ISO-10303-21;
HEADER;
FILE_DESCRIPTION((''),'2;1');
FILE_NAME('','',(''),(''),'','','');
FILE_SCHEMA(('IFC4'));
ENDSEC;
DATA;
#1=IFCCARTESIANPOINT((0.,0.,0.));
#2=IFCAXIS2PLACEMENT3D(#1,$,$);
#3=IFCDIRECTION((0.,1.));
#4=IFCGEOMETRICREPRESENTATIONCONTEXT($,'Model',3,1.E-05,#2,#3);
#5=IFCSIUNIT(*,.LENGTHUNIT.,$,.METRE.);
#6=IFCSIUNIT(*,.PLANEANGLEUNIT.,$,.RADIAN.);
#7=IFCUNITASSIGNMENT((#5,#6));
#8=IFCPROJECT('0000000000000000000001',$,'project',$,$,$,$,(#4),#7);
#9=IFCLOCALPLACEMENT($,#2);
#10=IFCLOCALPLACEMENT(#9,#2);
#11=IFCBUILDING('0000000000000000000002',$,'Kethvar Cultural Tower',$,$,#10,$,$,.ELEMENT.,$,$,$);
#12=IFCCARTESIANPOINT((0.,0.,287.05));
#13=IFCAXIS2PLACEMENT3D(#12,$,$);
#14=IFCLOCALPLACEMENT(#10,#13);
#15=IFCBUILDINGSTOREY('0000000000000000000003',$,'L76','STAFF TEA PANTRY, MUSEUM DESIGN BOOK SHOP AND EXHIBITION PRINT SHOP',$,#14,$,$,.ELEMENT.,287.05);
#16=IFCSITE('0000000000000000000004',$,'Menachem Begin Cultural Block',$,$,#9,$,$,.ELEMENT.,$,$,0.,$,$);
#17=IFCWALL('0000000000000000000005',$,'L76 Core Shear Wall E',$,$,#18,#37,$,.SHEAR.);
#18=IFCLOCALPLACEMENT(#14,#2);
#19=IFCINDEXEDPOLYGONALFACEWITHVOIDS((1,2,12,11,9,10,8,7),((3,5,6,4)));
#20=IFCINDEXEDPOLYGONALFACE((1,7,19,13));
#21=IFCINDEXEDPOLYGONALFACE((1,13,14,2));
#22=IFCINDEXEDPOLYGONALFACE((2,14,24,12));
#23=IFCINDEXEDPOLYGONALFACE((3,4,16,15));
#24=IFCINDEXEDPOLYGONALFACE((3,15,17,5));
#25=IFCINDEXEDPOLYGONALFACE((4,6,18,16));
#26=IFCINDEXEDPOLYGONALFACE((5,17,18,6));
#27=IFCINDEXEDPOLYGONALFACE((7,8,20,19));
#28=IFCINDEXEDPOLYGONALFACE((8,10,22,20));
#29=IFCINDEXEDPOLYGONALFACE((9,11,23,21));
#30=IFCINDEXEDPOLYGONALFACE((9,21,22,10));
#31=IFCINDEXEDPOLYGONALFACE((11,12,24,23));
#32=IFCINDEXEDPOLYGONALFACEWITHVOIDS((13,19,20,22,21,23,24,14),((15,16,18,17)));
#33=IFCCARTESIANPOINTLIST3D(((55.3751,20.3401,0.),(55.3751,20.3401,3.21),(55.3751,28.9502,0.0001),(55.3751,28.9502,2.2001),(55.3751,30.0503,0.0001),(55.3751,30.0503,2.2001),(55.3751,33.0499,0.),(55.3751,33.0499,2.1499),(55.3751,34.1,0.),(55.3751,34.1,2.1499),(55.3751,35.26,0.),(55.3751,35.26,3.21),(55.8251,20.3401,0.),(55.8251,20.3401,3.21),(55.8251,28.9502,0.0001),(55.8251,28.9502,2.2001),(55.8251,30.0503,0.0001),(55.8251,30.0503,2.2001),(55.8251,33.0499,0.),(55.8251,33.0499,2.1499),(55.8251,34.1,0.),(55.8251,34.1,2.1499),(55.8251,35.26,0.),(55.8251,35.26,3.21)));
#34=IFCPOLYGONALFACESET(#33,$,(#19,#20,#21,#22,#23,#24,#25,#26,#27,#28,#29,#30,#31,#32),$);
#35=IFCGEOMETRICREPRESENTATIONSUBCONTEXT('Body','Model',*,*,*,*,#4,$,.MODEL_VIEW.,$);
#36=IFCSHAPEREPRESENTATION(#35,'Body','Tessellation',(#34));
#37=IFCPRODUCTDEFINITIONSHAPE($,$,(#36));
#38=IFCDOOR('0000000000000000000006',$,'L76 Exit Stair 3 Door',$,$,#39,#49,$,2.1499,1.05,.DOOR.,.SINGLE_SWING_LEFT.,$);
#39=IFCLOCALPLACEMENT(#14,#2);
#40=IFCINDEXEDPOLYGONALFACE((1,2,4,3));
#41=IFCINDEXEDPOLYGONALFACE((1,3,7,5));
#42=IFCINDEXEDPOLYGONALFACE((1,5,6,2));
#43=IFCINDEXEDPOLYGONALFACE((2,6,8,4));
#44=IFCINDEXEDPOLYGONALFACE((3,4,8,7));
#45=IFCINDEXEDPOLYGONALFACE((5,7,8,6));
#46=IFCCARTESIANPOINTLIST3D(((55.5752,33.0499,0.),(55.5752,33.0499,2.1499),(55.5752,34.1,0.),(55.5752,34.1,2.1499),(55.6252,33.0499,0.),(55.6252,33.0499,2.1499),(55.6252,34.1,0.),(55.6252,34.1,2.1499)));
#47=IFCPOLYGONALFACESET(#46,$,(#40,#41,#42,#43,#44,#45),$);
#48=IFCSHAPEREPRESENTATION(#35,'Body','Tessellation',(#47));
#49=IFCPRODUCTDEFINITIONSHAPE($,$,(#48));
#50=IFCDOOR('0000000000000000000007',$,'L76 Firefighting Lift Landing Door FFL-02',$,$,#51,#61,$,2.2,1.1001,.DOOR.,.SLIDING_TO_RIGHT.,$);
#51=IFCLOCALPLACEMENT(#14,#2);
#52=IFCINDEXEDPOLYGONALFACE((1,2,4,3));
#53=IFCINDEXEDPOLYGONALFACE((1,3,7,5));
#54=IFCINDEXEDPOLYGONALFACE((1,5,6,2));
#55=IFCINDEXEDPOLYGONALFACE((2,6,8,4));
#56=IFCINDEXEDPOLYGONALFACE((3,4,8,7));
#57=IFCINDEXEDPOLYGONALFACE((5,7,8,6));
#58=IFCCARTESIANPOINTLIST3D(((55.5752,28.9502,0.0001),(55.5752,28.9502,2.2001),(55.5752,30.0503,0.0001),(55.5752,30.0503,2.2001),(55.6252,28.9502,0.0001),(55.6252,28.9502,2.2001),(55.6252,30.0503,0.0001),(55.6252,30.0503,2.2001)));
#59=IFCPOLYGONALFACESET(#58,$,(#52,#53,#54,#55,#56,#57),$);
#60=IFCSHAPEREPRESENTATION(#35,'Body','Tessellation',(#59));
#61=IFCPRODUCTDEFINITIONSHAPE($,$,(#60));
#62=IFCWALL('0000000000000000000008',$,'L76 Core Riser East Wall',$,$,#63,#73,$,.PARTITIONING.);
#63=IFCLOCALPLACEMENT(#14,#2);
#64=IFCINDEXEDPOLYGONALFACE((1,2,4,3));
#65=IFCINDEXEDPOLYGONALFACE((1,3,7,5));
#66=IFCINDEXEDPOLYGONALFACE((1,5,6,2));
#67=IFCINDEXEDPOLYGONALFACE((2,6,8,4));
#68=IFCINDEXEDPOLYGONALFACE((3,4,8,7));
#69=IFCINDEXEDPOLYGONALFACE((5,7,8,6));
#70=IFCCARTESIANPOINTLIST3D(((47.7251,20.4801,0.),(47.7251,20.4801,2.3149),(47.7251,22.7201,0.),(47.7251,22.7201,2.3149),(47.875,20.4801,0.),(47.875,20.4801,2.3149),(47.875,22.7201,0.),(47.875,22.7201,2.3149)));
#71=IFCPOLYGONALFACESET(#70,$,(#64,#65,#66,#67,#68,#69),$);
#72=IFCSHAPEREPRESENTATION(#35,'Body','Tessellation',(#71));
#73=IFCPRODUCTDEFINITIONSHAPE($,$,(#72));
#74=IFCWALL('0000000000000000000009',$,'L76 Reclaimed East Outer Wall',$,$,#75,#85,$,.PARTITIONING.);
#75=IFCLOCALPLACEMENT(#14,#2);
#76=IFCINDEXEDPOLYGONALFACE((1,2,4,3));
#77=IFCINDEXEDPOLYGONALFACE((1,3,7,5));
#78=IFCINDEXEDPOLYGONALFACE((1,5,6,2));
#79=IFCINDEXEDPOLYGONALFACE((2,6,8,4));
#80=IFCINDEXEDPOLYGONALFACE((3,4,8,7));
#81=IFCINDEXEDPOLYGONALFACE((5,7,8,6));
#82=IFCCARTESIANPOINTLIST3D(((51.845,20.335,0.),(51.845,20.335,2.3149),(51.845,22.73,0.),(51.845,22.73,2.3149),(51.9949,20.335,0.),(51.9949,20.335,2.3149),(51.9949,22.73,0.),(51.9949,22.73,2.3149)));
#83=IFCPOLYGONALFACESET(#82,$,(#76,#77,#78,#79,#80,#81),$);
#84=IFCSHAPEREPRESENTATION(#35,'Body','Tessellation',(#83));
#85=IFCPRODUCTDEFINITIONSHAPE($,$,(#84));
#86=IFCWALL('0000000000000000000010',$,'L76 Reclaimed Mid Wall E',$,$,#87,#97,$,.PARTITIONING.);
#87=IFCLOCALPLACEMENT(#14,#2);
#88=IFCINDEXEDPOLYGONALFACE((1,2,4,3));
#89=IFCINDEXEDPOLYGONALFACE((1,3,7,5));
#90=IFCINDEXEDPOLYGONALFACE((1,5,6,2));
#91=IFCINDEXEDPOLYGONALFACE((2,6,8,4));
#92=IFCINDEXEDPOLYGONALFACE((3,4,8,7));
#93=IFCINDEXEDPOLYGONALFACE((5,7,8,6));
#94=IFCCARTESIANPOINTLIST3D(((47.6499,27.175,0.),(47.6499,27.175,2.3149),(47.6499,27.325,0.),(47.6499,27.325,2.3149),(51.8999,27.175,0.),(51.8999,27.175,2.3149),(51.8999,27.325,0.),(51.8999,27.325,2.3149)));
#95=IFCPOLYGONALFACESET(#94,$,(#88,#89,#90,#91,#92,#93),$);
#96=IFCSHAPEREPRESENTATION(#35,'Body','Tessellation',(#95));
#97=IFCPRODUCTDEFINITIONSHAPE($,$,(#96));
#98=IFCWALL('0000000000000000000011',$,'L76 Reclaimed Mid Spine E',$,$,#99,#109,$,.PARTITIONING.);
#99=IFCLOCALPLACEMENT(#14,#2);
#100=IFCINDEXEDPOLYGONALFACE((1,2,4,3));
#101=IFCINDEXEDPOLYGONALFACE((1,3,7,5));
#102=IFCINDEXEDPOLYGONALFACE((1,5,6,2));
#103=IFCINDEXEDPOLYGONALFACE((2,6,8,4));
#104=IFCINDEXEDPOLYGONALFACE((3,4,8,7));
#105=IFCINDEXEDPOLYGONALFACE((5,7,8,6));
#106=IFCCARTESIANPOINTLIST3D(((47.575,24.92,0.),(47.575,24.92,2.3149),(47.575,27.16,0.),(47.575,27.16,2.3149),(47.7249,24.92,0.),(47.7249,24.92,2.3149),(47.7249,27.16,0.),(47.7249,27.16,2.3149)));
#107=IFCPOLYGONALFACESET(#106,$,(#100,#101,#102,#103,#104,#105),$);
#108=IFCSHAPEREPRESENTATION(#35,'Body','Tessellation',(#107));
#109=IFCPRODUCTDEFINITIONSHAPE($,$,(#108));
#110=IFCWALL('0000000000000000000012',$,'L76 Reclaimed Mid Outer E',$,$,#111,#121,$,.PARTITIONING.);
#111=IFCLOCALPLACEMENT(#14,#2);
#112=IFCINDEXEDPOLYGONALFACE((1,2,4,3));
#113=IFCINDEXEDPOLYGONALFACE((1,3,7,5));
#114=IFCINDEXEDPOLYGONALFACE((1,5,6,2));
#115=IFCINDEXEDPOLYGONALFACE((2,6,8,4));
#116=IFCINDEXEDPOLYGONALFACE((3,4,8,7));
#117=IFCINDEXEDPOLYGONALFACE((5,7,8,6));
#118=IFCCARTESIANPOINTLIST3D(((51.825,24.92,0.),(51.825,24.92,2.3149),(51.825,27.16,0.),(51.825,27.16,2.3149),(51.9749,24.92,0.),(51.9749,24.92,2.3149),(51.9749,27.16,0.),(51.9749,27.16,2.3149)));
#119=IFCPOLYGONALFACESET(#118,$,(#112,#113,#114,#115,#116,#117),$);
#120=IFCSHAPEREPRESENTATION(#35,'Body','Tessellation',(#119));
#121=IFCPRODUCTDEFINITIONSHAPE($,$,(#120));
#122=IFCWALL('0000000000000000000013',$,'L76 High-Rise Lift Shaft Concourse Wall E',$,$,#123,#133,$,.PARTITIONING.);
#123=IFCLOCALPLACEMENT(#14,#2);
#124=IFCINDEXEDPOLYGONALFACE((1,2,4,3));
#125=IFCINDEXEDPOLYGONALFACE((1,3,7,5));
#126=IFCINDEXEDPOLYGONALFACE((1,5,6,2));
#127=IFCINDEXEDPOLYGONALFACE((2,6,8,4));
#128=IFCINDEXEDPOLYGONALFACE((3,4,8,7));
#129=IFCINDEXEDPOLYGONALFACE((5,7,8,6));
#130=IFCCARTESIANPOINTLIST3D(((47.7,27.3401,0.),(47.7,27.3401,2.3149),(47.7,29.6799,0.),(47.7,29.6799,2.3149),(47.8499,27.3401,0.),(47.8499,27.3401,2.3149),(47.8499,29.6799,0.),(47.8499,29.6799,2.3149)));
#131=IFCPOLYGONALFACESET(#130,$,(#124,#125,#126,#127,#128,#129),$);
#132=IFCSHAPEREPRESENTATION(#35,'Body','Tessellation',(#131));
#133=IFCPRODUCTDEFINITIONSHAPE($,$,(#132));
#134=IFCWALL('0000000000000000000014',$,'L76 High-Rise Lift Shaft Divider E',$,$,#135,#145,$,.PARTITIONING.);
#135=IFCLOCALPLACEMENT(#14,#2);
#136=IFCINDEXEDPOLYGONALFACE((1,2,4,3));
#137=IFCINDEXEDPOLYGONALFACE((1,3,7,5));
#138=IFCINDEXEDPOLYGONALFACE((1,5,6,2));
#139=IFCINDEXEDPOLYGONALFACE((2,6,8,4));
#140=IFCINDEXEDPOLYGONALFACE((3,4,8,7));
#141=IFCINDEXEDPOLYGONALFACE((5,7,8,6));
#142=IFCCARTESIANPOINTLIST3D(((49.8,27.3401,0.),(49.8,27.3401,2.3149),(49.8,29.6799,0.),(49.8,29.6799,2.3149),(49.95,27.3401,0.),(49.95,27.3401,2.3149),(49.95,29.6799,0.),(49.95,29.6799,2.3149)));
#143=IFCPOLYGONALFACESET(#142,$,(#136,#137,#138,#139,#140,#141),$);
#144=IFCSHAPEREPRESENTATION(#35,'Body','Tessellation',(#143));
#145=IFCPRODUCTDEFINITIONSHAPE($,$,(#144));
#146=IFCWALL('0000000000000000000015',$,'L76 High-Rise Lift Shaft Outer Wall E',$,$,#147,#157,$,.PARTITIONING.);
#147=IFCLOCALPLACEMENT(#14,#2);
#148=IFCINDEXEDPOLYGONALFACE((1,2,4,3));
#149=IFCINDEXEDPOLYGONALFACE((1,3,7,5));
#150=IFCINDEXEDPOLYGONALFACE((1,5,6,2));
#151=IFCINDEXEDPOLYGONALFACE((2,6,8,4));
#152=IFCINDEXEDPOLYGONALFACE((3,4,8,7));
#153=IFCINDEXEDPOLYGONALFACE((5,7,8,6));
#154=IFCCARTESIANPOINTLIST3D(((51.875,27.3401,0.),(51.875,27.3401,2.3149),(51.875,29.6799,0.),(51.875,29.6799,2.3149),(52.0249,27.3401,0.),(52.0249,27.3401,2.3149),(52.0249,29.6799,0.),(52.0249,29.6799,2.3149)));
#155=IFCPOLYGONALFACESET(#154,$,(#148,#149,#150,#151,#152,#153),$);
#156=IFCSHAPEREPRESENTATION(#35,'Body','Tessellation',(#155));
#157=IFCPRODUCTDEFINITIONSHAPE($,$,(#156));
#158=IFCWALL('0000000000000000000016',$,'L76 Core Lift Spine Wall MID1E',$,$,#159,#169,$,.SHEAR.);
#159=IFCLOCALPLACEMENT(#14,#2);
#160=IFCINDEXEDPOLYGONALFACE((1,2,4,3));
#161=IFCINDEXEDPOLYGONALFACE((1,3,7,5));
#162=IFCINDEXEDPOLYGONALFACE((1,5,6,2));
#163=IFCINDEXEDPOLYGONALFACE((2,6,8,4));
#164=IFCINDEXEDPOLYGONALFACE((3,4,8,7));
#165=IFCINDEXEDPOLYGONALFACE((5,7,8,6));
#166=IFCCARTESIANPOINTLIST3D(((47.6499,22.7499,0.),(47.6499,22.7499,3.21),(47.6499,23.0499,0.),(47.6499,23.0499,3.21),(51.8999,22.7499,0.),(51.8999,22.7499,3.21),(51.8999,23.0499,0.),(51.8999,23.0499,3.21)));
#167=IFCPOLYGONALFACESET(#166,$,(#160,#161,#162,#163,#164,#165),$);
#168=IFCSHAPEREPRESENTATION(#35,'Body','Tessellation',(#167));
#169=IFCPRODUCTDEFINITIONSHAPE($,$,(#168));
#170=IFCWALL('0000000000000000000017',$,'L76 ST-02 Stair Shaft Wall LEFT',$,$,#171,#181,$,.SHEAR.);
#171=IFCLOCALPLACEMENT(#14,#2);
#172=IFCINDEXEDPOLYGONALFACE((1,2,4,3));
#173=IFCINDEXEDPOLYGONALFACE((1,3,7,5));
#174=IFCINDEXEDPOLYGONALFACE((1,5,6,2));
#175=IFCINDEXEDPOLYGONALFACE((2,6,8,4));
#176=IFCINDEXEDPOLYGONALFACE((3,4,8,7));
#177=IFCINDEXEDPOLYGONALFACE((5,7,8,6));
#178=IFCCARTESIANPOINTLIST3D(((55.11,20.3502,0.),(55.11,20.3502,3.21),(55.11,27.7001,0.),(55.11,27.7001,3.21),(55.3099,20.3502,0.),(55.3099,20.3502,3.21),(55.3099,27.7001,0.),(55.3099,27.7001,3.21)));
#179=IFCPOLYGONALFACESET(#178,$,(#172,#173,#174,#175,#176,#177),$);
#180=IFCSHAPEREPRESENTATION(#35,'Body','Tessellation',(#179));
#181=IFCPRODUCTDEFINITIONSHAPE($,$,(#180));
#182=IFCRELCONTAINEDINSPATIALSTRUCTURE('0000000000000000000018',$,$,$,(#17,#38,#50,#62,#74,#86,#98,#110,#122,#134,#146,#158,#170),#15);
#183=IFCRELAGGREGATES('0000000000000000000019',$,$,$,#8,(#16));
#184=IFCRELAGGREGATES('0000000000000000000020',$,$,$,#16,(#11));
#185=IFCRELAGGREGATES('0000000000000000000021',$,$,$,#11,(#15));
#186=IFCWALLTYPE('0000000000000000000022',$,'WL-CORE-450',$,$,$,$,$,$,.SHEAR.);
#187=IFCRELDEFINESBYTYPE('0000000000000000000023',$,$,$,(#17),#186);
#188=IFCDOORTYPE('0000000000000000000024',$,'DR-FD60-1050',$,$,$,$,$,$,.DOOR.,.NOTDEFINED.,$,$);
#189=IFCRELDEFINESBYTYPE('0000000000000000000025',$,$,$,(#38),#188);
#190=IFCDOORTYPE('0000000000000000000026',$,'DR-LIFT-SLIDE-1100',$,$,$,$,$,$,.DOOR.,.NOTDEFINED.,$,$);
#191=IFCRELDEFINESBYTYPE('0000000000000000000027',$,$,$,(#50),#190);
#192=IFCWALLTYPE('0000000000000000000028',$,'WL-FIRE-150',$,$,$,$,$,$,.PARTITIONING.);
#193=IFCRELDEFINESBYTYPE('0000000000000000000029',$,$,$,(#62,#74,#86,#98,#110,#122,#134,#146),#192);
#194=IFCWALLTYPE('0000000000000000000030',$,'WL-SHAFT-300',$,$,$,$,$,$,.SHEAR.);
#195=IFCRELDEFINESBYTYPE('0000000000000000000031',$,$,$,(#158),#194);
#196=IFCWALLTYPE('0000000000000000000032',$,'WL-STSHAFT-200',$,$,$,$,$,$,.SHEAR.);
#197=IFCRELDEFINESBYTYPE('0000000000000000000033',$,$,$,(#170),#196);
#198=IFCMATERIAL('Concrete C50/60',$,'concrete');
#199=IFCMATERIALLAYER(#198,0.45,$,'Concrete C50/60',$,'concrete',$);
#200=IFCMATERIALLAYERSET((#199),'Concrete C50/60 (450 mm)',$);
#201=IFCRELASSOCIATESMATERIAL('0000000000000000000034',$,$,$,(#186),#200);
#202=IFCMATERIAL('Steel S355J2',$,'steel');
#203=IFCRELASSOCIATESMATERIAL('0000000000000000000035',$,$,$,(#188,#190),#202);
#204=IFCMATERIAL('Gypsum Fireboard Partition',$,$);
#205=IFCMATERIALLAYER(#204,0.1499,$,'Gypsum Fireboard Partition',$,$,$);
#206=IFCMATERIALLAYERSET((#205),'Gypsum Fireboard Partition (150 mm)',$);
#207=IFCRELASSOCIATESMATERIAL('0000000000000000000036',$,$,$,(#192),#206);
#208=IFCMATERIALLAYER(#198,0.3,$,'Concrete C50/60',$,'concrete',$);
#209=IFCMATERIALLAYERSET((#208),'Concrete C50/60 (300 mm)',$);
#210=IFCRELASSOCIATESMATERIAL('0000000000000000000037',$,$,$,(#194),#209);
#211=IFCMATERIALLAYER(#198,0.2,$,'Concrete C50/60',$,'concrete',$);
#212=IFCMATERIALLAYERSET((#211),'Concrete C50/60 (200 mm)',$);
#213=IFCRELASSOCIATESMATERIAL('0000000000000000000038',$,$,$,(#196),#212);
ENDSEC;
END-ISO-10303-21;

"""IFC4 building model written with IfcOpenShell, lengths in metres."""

from ifc_helpers import new_model, si_unit, direction, frame, frame_2d, origin, place, context, subcontext, project, spatial, rectangle, extrude, source, transform, mapped, material, layer, layer_set, type_object, element, fill, save


model = new_model("IFC4")

# Units and contexts
model_context = context("Model", 3, precision=1e-05, world=origin(), true_north=direction((0.0, 1.0)))
body_context = subcontext(model_context, "Body", "Model", "MODEL_VIEW")
ifc_project = project(units=[si_unit("LENGTHUNIT", "METRE"), si_unit("PLANEANGLEUNIT", "RADIAN")], contexts=[model_context])

# Site, building, storey
site_placement = place(None, origin())
site = spatial("IfcSite", under=ifc_project, at=site_placement, Name="Menachem Begin Cultural Block", CompositionType="ELEMENT", RefElevation=0.0)
building_placement = place(site_placement, origin())
building = spatial("IfcBuilding", under=site, at=building_placement, Name="Kethvar Cultural Tower", CompositionType="ELEMENT")
storey_placement = place(building_placement, frame((0.0, 0.0, 287.05)))
storey = spatial("IfcBuildingStorey", under=building, at=storey_placement, Name="L76", Description="STAFF TEA PANTRY, MUSEUM DESIGN BOOK SHOP AND EXHIBITION PRINT SHOP", CompositionType="ELEMENT", Elevation=287.05)

# Shared definitions
ifc_material_1 = material(Name="Steel S355J2", Category="steel")

# Wall, openings, doors
ifc_material_2 = material(Name="Concrete C50/60", Category="concrete")
ifc_layer_1 = layer(ifc_material_2, 0.45, Name="Concrete C50/60", Category="concrete")
ifc_layer_set_1 = layer_set([ifc_layer_1], Name="Concrete C50/60 (450 mm)")
wall_type_1 = type_object("IfcWallType", Name="WL-CORE-450", PredefinedType="SHEAR", material=ifc_layer_set_1)
wall_1_placement = place(storey_placement, frame((55.6001, 20.3401, 0.0), z_axis=(0.0, 0.0, 1.0), x_axis=(0.0, 1.0, 0.0)))
wall_1 = element("IfcWall", 1, at=wall_1_placement, inside=storey, type_object=wall_type_1, Name="L76 Core Shear Wall E", PredefinedType="SHEAR", context=body_context, shape_type="SweptSolid", body=[
    extrude(rectangle(XDim=14.9199, YDim=0.45, at=frame_2d((7.46, 0.0))), origin(), (0.0, 0.0, 1.0), 3.21),
])
opening_1_placement = place(wall_1_placement, frame((12.71, 0.0, 0.0)))
opening_1 = element("IfcOpeningElement", 2, at=opening_1_placement, cuts=wall_1, PredefinedType="OPENING", context=body_context, shape_type="SweptSolid", body=[
    extrude(rectangle(XDim=1.05, YDim=2.1499, at=frame_2d((0.5249, 1.075))), frame((0.0, 0.2349, 0.0), z_axis=(0.0, -1.0, 0.0), x_axis=(1.0, 0.0, 0.0)), (0.0, 0.0, 1.0), 0.47),
])
opening_2_placement = place(wall_1_placement, frame((8.6101, 0.0, 0.0)))
opening_2 = element("IfcOpeningElement", 3, at=opening_2_placement, cuts=wall_1, PredefinedType="OPENING", context=body_context, shape_type="SweptSolid", body=[
    extrude(rectangle(XDim=1.1001, YDim=2.2, at=frame_2d((0.55, 1.1001))), frame((0.0, 0.2349, 0.0), z_axis=(0.0, -1.0, 0.0), x_axis=(1.0, 0.0, 0.0)), (0.0, 0.0, 1.0), 0.47),
])
door_type_1 = type_object("IfcDoorType", Name="DR-FD60-1050", OperationType="NOTDEFINED", PredefinedType="DOOR", material=ifc_material_1)
shared_shape_1 = source(origin(), body_context, "Body", "SweptSolid", [
    extrude(rectangle(XDim=1.05, YDim=2.1499, at=frame_2d((0.5249, 1.075))), frame((0.0, 0.0249, 0.0), z_axis=(0.0, -1.0, 0.0), x_axis=(1.0, 0.0, 0.0)), (0.0, 0.0, 1.0), 0.05),
])
door_1_placement = place(opening_1_placement, origin())
door_1 = element("IfcDoor", 4, at=door_1_placement, inside=storey, type_object=door_type_1, Name="L76 Exit Stair 3 Door", OperationType="SINGLE_SWING_LEFT", OverallHeight=2.1499, OverallWidth=1.05, PredefinedType="DOOR", context=body_context, shape_type="MappedRepresentation", body=[
    mapped(shared_shape_1, transform((0.0, 0.0, 0.0), scale=1.0)),
])
fill(opening_1, door_1)
door_type_2 = type_object("IfcDoorType", Name="DR-LIFT-SLIDE-1100", OperationType="NOTDEFINED", PredefinedType="DOOR", material=ifc_material_1)
shared_shape_2 = source(origin(), body_context, "Body", "SweptSolid", [
    extrude(rectangle(XDim=1.1001, YDim=2.2, at=frame_2d((0.55, 1.1001))), frame((0.0, 0.0249, 0.0), z_axis=(0.0, -1.0, 0.0), x_axis=(1.0, 0.0, 0.0)), (0.0, 0.0, 1.0), 0.05),
])
door_2_placement = place(opening_2_placement, origin())
door_2 = element("IfcDoor", 5, at=door_2_placement, inside=storey, type_object=door_type_2, Name="L76 Firefighting Lift Landing Door FFL-02", OperationType="SLIDING_TO_RIGHT", OverallHeight=2.2, OverallWidth=1.1001, PredefinedType="DOOR", context=body_context, shape_type="MappedRepresentation", body=[
    mapped(shared_shape_2, transform((0.0, 0.0, 0.0), scale=1.0)),
])
fill(opening_2, door_2)

# Walls
ifc_material_3 = material(Name="Gypsum Fireboard Partition")
ifc_layer_2 = layer(ifc_material_3, 0.1499, Name="Gypsum Fireboard Partition")
ifc_layer_set_2 = layer_set([ifc_layer_2], Name="Gypsum Fireboard Partition (150 mm)")
wall_type_2 = type_object("IfcWallType", Name="WL-FIRE-150", PredefinedType="PARTITIONING", material=ifc_layer_set_2)
wall_2_placement = place(storey_placement, frame((47.8, 20.48, 0.0), z_axis=(0.0, 0.0, 1.0), x_axis=(0.0, 1.0, 0.0)))
element("IfcWall", 6, at=wall_2_placement, inside=storey, type_object=wall_type_2, Name="L76 Core Riser East Wall", PredefinedType="PARTITIONING", context=body_context, shape_type="SweptSolid", body=[
    extrude(rectangle(XDim=2.24, YDim=0.1499, at=frame_2d((1.1201, 0.0))), origin(), (0.0, 0.0, 1.0), 2.3149),
])
wall_3_placement = place(storey_placement, frame((51.9199, 20.335, 0.0), z_axis=(0.0, 0.0, 1.0), x_axis=(0.0, 1.0, 0.0)))
element("IfcWall", 7, at=wall_3_placement, inside=storey, type_object=wall_type_2, Name="L76 Reclaimed East Outer Wall", PredefinedType="PARTITIONING", context=body_context, shape_type="SweptSolid", body=[
    extrude(rectangle(XDim=2.395, YDim=0.1499, at=frame_2d((1.1975, 0.0))), origin(), (0.0, 0.0, 1.0), 2.3149),
])
wall_4_placement = place(storey_placement, frame((47.6499, 27.25, 0.0), z_axis=(0.0, 0.0, 1.0), x_axis=(1.0, 0.0, 0.0)))
element("IfcWall", 8, at=wall_4_placement, inside=storey, type_object=wall_type_2, Name="L76 Reclaimed Mid Wall E", PredefinedType="PARTITIONING", context=body_context, shape_type="SweptSolid", body=[
    extrude(rectangle(XDim=4.25, YDim=0.1499, at=frame_2d((2.125, 0.0))), origin(), (0.0, 0.0, 1.0), 2.3149),
])
for number, where, z_axis, x_axis, name in (
    (9, (47.6499, 24.9199, 0.0), (0.0, 0.0, 1.0), (0.0, 1.0, 0.0), "L76 Reclaimed Mid Spine E"),
    (10, (51.8999, 24.9199, 0.0), (0.0, 0.0, 1.0), (0.0, 1.0, 0.0), "L76 Reclaimed Mid Outer E"),
):
    element("IfcWall", number, at=place(storey_placement, frame(where, z_axis=z_axis, x_axis=x_axis)), inside=storey, type_object=wall_type_2, Name=name, PredefinedType="PARTITIONING", context=body_context, shape_type="SweptSolid", body=[
        extrude(rectangle(XDim=2.24, YDim=0.1499, at=frame_2d((1.1201, 0.0))), origin(), (0.0, 0.0, 1.0), 2.3149),
    ])
for number, where, z_axis, x_axis, name in (
    (11, (47.7749, 27.3401, 0.0), (0.0, 0.0, 1.0), (0.0, 1.0, 0.0), "L76 High-Rise Lift Shaft Concourse Wall E"),
    (12, (49.875, 27.3401, 0.0), (0.0, 0.0, 1.0), (0.0, 1.0, 0.0), "L76 High-Rise Lift Shaft Divider E"),
    (13, (51.95, 27.3401, 0.0), (0.0, 0.0, 1.0), (0.0, 1.0, 0.0), "L76 High-Rise Lift Shaft Outer Wall E"),
):
    element("IfcWall", number, at=place(storey_placement, frame(where, z_axis=z_axis, x_axis=x_axis)), inside=storey, type_object=wall_type_2, Name=name, PredefinedType="PARTITIONING", context=body_context, shape_type="SweptSolid", body=[
        extrude(rectangle(XDim=2.3398, YDim=0.1499, at=frame_2d((1.1699, 0.0))), origin(), (0.0, 0.0, 1.0), 2.3149),
    ])
ifc_layer_3 = layer(ifc_material_2, 0.3, Name="Concrete C50/60", Category="concrete")
ifc_layer_set_3 = layer_set([ifc_layer_3], Name="Concrete C50/60 (300 mm)")
wall_type_3 = type_object("IfcWallType", Name="WL-SHAFT-300", PredefinedType="SHEAR", material=ifc_layer_set_3)
wall_5_placement = place(storey_placement, frame((47.6499, 22.8999, 0.0), z_axis=(0.0, 0.0, 1.0), x_axis=(1.0, 0.0, 0.0)))
element("IfcWall", 14, at=wall_5_placement, inside=storey, type_object=wall_type_3, Name="L76 Core Lift Spine Wall MID1E", PredefinedType="SHEAR", context=body_context, shape_type="SweptSolid", body=[
    extrude(rectangle(XDim=4.25, YDim=0.3, at=frame_2d((2.125, 0.0))), origin(), (0.0, 0.0, 1.0), 3.21),
])

# Wall
ifc_layer_4 = layer(ifc_material_2, 0.2, Name="Concrete C50/60", Category="concrete")
ifc_layer_set_4 = layer_set([ifc_layer_4], Name="Concrete C50/60 (200 mm)")
wall_type_4 = type_object("IfcWallType", Name="WL-STSHAFT-200", PredefinedType="SHEAR", material=ifc_layer_set_4)
for number, where, z_axis, x_axis, name in (
    (15, (55.21, 27.7, 0.0), (0.0, 0.0, 1.0), (0.0, -1.0, 0.0), "L76 ST-02 Stair Shaft Wall LEFT"),
):
    element("IfcWall", number, at=place(storey_placement, frame(where, z_axis=z_axis, x_axis=x_axis)), inside=storey, type_object=wall_type_4, Name=name, PredefinedType="SHEAR", context=body_context, shape_type="SweptSolid", body=[
        extrude(rectangle(XDim=7.3499, YDim=0.2, at=frame_2d((3.6748, 0.0))), origin(), (0.0, 0.0, 1.0), 3.21),
    ])

save(model, "model.ifc")
